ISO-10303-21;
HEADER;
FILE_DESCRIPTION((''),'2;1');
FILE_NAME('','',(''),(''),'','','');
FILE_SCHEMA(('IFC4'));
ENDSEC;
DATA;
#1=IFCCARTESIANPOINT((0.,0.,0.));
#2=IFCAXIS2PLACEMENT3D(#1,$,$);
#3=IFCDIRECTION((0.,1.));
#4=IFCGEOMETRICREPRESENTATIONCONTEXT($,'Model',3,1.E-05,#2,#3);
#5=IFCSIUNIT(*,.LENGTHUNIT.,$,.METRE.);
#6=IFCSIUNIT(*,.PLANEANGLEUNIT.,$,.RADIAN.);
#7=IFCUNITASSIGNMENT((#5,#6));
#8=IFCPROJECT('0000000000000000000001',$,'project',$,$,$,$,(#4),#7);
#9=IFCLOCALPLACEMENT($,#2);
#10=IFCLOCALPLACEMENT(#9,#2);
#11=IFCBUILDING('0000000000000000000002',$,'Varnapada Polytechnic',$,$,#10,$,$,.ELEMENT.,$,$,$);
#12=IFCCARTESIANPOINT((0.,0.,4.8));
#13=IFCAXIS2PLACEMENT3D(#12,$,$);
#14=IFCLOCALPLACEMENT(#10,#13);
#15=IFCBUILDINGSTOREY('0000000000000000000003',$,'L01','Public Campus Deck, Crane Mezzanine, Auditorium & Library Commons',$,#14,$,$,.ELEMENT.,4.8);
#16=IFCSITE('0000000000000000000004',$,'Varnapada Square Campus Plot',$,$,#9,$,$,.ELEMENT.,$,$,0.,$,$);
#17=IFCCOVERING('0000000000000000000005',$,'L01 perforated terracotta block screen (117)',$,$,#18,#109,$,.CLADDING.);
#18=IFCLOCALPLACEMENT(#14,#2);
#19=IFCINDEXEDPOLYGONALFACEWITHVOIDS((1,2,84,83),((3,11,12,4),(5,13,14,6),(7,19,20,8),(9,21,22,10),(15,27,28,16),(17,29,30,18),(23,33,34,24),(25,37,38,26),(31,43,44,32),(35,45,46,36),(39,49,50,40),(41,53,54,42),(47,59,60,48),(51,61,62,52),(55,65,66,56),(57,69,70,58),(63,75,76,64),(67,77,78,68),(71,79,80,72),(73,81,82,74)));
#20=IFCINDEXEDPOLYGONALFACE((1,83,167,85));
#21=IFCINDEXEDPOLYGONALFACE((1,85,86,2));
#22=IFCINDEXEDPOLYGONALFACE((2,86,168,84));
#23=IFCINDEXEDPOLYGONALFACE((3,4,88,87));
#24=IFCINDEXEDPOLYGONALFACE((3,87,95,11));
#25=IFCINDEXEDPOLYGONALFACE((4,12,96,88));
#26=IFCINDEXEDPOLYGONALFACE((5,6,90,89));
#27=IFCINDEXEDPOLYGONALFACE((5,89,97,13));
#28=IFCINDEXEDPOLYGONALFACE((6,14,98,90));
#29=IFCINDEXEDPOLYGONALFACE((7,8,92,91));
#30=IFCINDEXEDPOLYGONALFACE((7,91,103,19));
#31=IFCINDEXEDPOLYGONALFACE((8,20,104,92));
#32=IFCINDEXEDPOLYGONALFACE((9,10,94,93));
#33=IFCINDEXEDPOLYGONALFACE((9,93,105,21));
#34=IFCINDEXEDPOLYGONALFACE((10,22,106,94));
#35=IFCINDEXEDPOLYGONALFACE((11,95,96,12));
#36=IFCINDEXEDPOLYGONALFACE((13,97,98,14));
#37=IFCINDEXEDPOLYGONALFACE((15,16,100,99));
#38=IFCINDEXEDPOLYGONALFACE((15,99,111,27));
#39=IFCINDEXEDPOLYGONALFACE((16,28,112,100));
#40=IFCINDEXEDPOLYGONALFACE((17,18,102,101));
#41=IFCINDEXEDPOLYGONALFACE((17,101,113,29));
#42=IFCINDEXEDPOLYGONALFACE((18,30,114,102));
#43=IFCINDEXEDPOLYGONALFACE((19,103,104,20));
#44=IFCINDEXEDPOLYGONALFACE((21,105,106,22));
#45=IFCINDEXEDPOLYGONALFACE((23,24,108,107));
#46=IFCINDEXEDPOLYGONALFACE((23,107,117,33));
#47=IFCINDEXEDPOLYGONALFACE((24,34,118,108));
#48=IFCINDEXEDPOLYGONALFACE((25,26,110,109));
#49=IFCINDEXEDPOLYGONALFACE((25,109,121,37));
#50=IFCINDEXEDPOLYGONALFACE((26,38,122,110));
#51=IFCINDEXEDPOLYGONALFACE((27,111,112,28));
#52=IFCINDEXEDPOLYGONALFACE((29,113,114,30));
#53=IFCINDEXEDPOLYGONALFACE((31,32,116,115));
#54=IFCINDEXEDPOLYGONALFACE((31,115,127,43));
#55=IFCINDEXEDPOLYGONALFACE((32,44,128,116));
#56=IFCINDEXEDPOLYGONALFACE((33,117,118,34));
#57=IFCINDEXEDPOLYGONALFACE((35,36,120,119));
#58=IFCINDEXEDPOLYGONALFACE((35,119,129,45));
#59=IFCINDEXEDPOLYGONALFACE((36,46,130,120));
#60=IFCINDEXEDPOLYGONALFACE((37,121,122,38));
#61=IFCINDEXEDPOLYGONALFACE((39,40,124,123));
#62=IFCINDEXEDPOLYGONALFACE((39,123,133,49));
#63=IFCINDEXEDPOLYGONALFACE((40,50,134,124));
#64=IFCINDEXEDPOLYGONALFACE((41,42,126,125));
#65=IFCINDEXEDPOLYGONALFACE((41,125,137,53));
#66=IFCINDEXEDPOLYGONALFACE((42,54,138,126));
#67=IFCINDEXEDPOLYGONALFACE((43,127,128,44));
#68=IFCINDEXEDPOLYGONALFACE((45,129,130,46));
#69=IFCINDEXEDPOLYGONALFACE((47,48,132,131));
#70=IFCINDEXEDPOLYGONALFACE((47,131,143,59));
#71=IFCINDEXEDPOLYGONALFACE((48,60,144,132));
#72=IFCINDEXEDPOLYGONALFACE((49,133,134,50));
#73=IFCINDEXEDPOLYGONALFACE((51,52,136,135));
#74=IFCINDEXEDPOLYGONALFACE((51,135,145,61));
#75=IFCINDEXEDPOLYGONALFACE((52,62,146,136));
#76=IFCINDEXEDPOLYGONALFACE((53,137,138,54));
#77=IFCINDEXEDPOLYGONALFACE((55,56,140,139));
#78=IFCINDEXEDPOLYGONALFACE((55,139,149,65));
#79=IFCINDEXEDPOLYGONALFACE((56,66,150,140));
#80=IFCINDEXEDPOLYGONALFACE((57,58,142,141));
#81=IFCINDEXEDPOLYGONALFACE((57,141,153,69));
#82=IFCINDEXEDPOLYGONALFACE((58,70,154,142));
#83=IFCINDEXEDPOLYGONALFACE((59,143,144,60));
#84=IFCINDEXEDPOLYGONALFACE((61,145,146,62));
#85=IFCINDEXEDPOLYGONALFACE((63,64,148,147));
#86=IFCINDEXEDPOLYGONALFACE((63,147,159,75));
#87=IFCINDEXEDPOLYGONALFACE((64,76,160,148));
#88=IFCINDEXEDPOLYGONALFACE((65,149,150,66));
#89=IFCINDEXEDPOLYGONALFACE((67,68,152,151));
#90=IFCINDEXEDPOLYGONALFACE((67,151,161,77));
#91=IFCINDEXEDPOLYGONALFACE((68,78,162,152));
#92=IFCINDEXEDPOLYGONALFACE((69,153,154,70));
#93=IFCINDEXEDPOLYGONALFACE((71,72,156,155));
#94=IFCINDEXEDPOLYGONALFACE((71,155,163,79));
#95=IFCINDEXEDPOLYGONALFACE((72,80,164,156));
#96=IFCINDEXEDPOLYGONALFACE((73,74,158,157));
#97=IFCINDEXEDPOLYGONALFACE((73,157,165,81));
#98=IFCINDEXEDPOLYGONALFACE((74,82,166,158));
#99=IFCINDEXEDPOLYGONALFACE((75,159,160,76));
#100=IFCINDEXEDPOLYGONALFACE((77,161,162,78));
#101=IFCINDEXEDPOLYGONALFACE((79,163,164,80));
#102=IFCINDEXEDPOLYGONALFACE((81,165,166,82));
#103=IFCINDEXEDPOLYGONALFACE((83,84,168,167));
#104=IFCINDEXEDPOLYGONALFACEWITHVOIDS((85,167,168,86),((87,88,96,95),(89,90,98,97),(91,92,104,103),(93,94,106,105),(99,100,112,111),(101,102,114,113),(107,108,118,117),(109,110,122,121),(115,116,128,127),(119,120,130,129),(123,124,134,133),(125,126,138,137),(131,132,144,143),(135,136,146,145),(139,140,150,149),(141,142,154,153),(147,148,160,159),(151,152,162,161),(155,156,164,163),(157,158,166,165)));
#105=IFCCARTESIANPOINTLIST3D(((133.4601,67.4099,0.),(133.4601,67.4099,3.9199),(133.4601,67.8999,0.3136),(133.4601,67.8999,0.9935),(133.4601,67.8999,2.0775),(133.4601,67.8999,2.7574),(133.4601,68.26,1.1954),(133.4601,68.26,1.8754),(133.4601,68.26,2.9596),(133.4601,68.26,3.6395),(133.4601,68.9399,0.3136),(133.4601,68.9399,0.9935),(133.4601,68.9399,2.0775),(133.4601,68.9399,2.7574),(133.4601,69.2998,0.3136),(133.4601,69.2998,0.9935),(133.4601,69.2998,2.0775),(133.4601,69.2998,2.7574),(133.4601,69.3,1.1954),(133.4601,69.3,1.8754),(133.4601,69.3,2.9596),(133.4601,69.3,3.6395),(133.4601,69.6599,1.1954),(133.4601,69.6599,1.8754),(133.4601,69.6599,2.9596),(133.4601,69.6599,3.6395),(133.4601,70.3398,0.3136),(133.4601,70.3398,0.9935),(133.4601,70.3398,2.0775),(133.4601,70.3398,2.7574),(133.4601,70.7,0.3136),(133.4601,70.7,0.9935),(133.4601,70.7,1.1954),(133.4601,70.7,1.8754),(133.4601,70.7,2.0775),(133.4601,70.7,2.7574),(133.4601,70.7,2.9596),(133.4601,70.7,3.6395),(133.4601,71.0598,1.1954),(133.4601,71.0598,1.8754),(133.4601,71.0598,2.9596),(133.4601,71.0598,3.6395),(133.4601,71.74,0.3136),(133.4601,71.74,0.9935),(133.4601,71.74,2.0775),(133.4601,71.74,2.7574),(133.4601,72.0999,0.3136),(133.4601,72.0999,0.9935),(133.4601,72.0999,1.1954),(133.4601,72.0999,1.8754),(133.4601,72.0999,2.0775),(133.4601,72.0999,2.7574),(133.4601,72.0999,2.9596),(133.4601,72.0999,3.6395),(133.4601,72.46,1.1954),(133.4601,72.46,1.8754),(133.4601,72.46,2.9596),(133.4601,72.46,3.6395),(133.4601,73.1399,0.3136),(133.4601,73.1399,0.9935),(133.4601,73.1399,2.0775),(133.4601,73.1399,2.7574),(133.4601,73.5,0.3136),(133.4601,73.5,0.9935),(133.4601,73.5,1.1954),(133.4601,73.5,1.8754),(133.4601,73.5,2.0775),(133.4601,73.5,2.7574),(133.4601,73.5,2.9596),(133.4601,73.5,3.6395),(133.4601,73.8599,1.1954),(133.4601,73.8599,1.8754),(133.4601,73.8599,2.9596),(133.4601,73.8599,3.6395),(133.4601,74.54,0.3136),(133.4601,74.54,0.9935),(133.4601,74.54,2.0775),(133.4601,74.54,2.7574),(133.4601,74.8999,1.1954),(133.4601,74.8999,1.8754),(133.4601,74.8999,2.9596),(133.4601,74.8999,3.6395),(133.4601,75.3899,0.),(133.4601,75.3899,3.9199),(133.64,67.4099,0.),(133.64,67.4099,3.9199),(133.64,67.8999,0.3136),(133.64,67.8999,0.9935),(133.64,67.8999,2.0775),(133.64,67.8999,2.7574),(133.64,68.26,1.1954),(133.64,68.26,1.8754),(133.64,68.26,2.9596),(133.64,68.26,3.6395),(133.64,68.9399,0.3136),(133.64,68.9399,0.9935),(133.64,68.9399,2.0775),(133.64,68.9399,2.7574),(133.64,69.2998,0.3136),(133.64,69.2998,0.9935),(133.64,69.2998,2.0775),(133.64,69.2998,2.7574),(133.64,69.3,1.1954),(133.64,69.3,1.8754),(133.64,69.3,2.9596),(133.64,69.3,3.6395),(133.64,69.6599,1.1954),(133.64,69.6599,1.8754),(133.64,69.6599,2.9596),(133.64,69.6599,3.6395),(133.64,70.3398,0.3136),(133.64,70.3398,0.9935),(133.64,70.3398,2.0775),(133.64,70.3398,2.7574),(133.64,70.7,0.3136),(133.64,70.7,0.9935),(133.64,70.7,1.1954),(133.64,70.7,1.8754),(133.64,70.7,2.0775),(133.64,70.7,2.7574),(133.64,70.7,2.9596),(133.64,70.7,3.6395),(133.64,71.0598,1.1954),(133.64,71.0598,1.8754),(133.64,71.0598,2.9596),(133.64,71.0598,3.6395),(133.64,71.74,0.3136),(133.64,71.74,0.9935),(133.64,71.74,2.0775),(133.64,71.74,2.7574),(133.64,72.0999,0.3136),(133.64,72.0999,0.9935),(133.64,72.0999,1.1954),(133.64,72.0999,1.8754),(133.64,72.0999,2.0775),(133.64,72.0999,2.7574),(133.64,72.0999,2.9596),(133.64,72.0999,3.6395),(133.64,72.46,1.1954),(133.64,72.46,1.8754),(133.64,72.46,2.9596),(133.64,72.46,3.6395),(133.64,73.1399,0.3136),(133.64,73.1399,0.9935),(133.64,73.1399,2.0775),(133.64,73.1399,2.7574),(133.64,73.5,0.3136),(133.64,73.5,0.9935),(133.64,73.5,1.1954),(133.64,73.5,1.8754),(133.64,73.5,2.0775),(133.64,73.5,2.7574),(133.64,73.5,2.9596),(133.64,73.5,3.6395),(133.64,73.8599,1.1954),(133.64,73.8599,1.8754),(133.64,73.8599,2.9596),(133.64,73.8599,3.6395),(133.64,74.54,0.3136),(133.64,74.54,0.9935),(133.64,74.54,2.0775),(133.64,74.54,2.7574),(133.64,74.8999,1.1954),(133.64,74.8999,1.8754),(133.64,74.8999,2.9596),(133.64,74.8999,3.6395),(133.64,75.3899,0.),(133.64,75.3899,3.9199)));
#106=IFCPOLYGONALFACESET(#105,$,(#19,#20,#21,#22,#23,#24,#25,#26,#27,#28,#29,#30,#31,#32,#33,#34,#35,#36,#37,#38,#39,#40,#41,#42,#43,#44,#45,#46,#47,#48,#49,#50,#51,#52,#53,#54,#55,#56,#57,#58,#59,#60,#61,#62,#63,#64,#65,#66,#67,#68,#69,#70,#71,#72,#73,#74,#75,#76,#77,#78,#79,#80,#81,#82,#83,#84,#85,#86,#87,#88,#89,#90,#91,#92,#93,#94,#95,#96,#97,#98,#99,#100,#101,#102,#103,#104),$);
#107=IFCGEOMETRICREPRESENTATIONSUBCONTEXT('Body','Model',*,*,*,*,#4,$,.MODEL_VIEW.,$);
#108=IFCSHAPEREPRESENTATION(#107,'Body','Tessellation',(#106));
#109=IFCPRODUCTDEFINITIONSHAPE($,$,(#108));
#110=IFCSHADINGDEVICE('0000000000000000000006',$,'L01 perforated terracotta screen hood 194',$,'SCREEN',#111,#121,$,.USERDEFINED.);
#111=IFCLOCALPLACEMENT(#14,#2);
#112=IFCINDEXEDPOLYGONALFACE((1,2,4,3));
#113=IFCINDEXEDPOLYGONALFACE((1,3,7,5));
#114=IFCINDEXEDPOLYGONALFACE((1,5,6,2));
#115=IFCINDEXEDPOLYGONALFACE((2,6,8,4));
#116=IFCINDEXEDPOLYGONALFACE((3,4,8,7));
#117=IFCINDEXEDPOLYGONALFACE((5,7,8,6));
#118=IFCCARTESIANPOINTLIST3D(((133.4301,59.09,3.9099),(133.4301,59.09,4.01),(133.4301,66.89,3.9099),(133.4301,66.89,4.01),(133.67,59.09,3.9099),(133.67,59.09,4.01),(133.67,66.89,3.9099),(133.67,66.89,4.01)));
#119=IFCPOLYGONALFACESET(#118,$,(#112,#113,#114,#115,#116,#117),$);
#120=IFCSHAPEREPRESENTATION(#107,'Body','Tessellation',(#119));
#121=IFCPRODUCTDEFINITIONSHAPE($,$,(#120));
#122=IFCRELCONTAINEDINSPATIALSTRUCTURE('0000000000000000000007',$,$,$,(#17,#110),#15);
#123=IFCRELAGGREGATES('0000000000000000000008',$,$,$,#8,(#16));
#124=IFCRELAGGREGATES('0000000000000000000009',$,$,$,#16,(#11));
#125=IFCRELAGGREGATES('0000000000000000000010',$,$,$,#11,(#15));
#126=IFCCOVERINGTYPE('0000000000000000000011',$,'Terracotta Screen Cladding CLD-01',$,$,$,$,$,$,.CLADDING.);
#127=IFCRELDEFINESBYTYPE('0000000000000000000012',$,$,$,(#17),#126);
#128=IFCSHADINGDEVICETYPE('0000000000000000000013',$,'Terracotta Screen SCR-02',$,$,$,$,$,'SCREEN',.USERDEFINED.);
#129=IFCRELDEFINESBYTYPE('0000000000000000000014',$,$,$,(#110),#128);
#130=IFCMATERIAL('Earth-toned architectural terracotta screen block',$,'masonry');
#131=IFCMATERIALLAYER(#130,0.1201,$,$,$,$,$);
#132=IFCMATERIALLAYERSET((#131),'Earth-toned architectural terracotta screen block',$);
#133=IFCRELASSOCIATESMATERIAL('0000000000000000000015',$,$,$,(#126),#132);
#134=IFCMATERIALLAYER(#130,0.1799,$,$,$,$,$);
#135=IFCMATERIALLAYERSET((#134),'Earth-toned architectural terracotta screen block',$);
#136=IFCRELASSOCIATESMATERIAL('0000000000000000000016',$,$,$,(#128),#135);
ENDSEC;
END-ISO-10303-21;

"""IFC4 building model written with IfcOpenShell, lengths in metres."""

from ifc_helpers import new_model, si_unit, direction, frame, frame_2d, origin, origin_2d, place, context, subcontext, project, spatial, rectangle, extrude, material, layer, layer_set, type_object, element, save


model = new_model("IFC4")

# Units and contexts
model_context = context("Model", 3, precision=1e-05, world=origin(), true_north=direction((0.0, 1.0)))
body_context = subcontext(model_context, "Body", "Model", "MODEL_VIEW")
ifc_project = project(units=[si_unit("LENGTHUNIT", "METRE"), si_unit("PLANEANGLEUNIT", "RADIAN")], contexts=[model_context])

# Site, building, storey
site_placement = place(None, origin())
site = spatial("IfcSite", under=ifc_project, at=site_placement, Name="Varnapada Square Campus Plot", CompositionType="ELEMENT", RefElevation=0.0)
building_placement = place(site_placement, origin())
building = spatial("IfcBuilding", under=site, at=building_placement, Name="Varnapada Polytechnic", CompositionType="ELEMENT")
storey_placement = place(building_placement, frame((0.0, 0.0, 4.8)))
storey = spatial("IfcBuildingStorey", under=building, at=storey_placement, Name="L01", Description="Public Campus Deck, Crane Mezzanine, Auditorium & Library Commons", CompositionType="ELEMENT", Elevation=4.8)

# Covering, openings
ifc_material_1 = material(Name="Earth-toned architectural terracotta screen block", Category="masonry")
ifc_layer_1 = layer(ifc_material_1, 0.1201)
ifc_layer_set_1 = layer_set([ifc_layer_1], Name="Earth-toned architectural terracotta screen block")
covering_type = type_object("IfcCoveringType", Name="Terracotta Screen Cladding CLD-01", PredefinedType="CLADDING", material=ifc_layer_set_1)
covering_placement = place(storey_placement, frame((133.55, 67.4099, 0.0), z_axis=(0.0, 0.0, 1.0), x_axis=(0.0, 1.0, 0.0)))
covering = element("IfcCovering", 1, at=covering_placement, inside=storey, type_object=covering_type, Name="L01 perforated terracotta block screen (117)", PredefinedType="CLADDING", context=body_context, shape_type="SweptSolid", body=[
    extrude(rectangle(XDim=7.98, YDim=0.1799, at=frame_2d((3.99, 0.0))), origin(), (0.0, 0.0, 1.0), 3.9199),
])
opening_1_placement = place(covering_placement, frame((0.49, 0.0, 0.3137)))
element("IfcOpeningElement", 2, at=opening_1_placement, cuts=covering, PredefinedType="OPENING", context=body_context, shape_type="SweptSolid", body=[
    extrude(rectangle(XDim=1.04, YDim=0.6799, at=frame_2d((0.52, 0.3398))), frame((0.0, 0.0999, 0.0), z_axis=(0.0, -1.0, 0.0), x_axis=(1.0, 0.0, 0.0)), (0.0, 0.0, 1.0), 0.2),
])
opening_2_placement = place(covering_placement, frame((1.8899, 0.0, 0.3137)))
element("IfcOpeningElement", 3, at=opening_2_placement, cuts=covering, PredefinedType="OPENING", context=body_context, shape_type="SweptSolid", body=[
    extrude(rectangle(XDim=1.04, YDim=0.6799, at=frame_2d((0.52, 0.3398))), frame((0.0, 0.0999, 0.0), z_axis=(0.0, -1.0, 0.0), x_axis=(1.0, 0.0, 0.0)), (0.0, 0.0, 1.0), 0.2),
])
opening_3_placement = place(covering_placement, frame((3.29, 0.0, 0.3137)))
element("IfcOpeningElement", 4, at=opening_3_placement, cuts=covering, PredefinedType="OPENING", context=body_context, shape_type="SweptSolid", body=[
    extrude(rectangle(XDim=1.04, YDim=0.6799, at=frame_2d((0.52, 0.3398))), frame((0.0, 0.0999, 0.0), z_axis=(0.0, -1.0, 0.0), x_axis=(1.0, 0.0, 0.0)), (0.0, 0.0, 1.0), 0.2),
])
opening_4_placement = place(covering_placement, frame((4.6899, 0.0, 0.3137)))
element("IfcOpeningElement", 5, at=opening_4_placement, cuts=covering, PredefinedType="OPENING", context=body_context, shape_type="SweptSolid", body=[
    extrude(rectangle(XDim=1.04, YDim=0.6799, at=frame_2d((0.52, 0.3398))), frame((0.0, 0.0999, 0.0), z_axis=(0.0, -1.0, 0.0), x_axis=(1.0, 0.0, 0.0)), (0.0, 0.0, 1.0), 0.2),
])
opening_5_placement = place(covering_placement, frame((6.0901, 0.0, 0.3137)))
element("IfcOpeningElement", 6, at=opening_5_placement, cuts=covering, PredefinedType="OPENING", context=body_context, shape_type="SweptSolid", body=[
    extrude(rectangle(XDim=1.04, YDim=0.6799, at=frame_2d((0.52, 0.3398))), frame((0.0, 0.0999, 0.0), z_axis=(0.0, -1.0, 0.0), x_axis=(1.0, 0.0, 0.0)), (0.0, 0.0, 1.0), 0.2),
])
opening_6_placement = place(covering_placement, frame((0.8501, 0.0, 1.1956)))
element("IfcOpeningElement", 7, at=opening_6_placement, cuts=covering, PredefinedType="OPENING", context=body_context, shape_type="SweptSolid", body=[
    extrude(rectangle(XDim=1.04, YDim=0.6799, at=frame_2d((0.52, 0.3398))), frame((0.0, 0.0999, 0.0), z_axis=(0.0, -1.0, 0.0), x_axis=(1.0, 0.0, 0.0)), (0.0, 0.0, 1.0), 0.2),
])
opening_7_placement = place(covering_placement, frame((2.25, 0.0, 1.1956)))
element("IfcOpeningElement", 8, at=opening_7_placement, cuts=covering, PredefinedType="OPENING", context=body_context, shape_type="SweptSolid", body=[
    extrude(rectangle(XDim=1.04, YDim=0.6799, at=frame_2d((0.52, 0.3398))), frame((0.0, 0.0999, 0.0), z_axis=(0.0, -1.0, 0.0), x_axis=(1.0, 0.0, 0.0)), (0.0, 0.0, 1.0), 0.2),
])
opening_8_placement = place(covering_placement, frame((3.6499, 0.0, 1.1956)))
element("IfcOpeningElement", 9, at=opening_8_placement, cuts=covering, PredefinedType="OPENING", context=body_context, shape_type="SweptSolid", body=[
    extrude(rectangle(XDim=1.04, YDim=0.6799, at=frame_2d((0.52, 0.3398))), frame((0.0, 0.0999, 0.0), z_axis=(0.0, -1.0, 0.0), x_axis=(1.0, 0.0, 0.0)), (0.0, 0.0, 1.0), 0.2),
])
opening_9_placement = place(covering_placement, frame((5.05, 0.0, 1.1956)))
element("IfcOpeningElement", 10, at=opening_9_placement, cuts=covering, PredefinedType="OPENING", context=body_context, shape_type="SweptSolid", body=[
    extrude(rectangle(XDim=1.04, YDim=0.6799, at=frame_2d((0.52, 0.3398))), frame((0.0, 0.0999, 0.0), z_axis=(0.0, -1.0, 0.0), x_axis=(1.0, 0.0, 0.0)), (0.0, 0.0, 1.0), 0.2),
])
opening_10_placement = place(covering_placement, frame((6.45, 0.0, 1.1956)))
element("IfcOpeningElement", 11, at=opening_10_placement, cuts=covering, PredefinedType="OPENING", context=body_context, shape_type="SweptSolid", body=[
    extrude(rectangle(XDim=1.04, YDim=0.6799, at=frame_2d((0.52, 0.3398))), frame((0.0, 0.0999, 0.0), z_axis=(0.0, -1.0, 0.0), x_axis=(1.0, 0.0, 0.0)), (0.0, 0.0, 1.0), 0.2),
])
opening_11_placement = place(covering_placement, frame((0.49, 0.0, 2.0776)))
element("IfcOpeningElement", 12, at=opening_11_placement, cuts=covering, PredefinedType="OPENING", context=body_context, shape_type="SweptSolid", body=[
    extrude(rectangle(XDim=1.04, YDim=0.6799, at=frame_2d((0.52, 0.3398))), frame((0.0, 0.0999, 0.0), z_axis=(0.0, -1.0, 0.0), x_axis=(1.0, 0.0, 0.0)), (0.0, 0.0, 1.0), 0.2),
])
opening_12_placement = place(covering_placement, frame((1.8899, 0.0, 2.0776)))
element("IfcOpeningElement", 13, at=opening_12_placement, cuts=covering, PredefinedType="OPENING", context=body_context, shape_type="SweptSolid", body=[
    extrude(rectangle(XDim=1.04, YDim=0.6799, at=frame_2d((0.52, 0.3398))), frame((0.0, 0.0999, 0.0), z_axis=(0.0, -1.0, 0.0), x_axis=(1.0, 0.0, 0.0)), (0.0, 0.0, 1.0), 0.2),
])
opening_13_placement = place(covering_placement, frame((3.29, 0.0, 2.0776)))
element("IfcOpeningElement", 14, at=opening_13_placement, cuts=covering, PredefinedType="OPENING", context=body_context, shape_type="SweptSolid", body=[
    extrude(rectangle(XDim=1.04, YDim=0.6799, at=frame_2d((0.52, 0.3398))), frame((0.0, 0.0999, 0.0), z_axis=(0.0, -1.0, 0.0), x_axis=(1.0, 0.0, 0.0)), (0.0, 0.0, 1.0), 0.2),
])
opening_14_placement = place(covering_placement, frame((4.6899, 0.0, 2.0776)))
element("IfcOpeningElement", 15, at=opening_14_placement, cuts=covering, PredefinedType="OPENING", context=body_context, shape_type="SweptSolid", body=[
    extrude(rectangle(XDim=1.04, YDim=0.6799, at=frame_2d((0.52, 0.3398))), frame((0.0, 0.0999, 0.0), z_axis=(0.0, -1.0, 0.0), x_axis=(1.0, 0.0, 0.0)), (0.0, 0.0, 1.0), 0.2),
])
opening_15_placement = place(covering_placement, frame((6.0901, 0.0, 2.0776)))
element("IfcOpeningElement", 16, at=opening_15_placement, cuts=covering, PredefinedType="OPENING", context=body_context, shape_type="SweptSolid", body=[
    extrude(rectangle(XDim=1.04, YDim=0.6799, at=frame_2d((0.52, 0.3398))), frame((0.0, 0.0999, 0.0), z_axis=(0.0, -1.0, 0.0), x_axis=(1.0, 0.0, 0.0)), (0.0, 0.0, 1.0), 0.2),
])
opening_16_placement = place(covering_placement, frame((0.8501, 0.0, 2.9597)))
element("IfcOpeningElement", 17, at=opening_16_placement, cuts=covering, PredefinedType="OPENING", context=body_context, shape_type="SweptSolid", body=[
    extrude(rectangle(XDim=1.04, YDim=0.6799, at=frame_2d((0.52, 0.3398))), frame((0.0, 0.0999, 0.0), z_axis=(0.0, -1.0, 0.0), x_axis=(1.0, 0.0, 0.0)), (0.0, 0.0, 1.0), 0.2),
])
opening_17_placement = place(covering_placement, frame((2.25, 0.0, 2.9597)))
element("IfcOpeningElement", 18, at=opening_17_placement, cuts=covering, PredefinedType="OPENING", context=body_context, shape_type="SweptSolid", body=[
    extrude(rectangle(XDim=1.04, YDim=0.6799, at=frame_2d((0.52, 0.3398))), frame((0.0, 0.0999, 0.0), z_axis=(0.0, -1.0, 0.0), x_axis=(1.0, 0.0, 0.0)), (0.0, 0.0, 1.0), 0.2),
])
opening_18_placement = place(covering_placement, frame((3.6499, 0.0, 2.9597)))
element("IfcOpeningElement", 19, at=opening_18_placement, cuts=covering, PredefinedType="OPENING", context=body_context, shape_type="SweptSolid", body=[
    extrude(rectangle(XDim=1.04, YDim=0.6799, at=frame_2d((0.52, 0.3398))), frame((0.0, 0.0999, 0.0), z_axis=(0.0, -1.0, 0.0), x_axis=(1.0, 0.0, 0.0)), (0.0, 0.0, 1.0), 0.2),
])
opening_19_placement = place(covering_placement, frame((5.05, 0.0, 2.9597)))
element("IfcOpeningElement", 20, at=opening_19_placement, cuts=covering, PredefinedType="OPENING", context=body_context, shape_type="SweptSolid", body=[
    extrude(rectangle(XDim=1.04, YDim=0.6799, at=frame_2d((0.52, 0.3398))), frame((0.0, 0.0999, 0.0), z_axis=(0.0, -1.0, 0.0), x_axis=(1.0, 0.0, 0.0)), (0.0, 0.0, 1.0), 0.2),
])
opening_20_placement = place(covering_placement, frame((6.45, 0.0, 2.9597)))
element("IfcOpeningElement", 21, at=opening_20_placement, cuts=covering, PredefinedType="OPENING", context=body_context, shape_type="SweptSolid", body=[
    extrude(rectangle(XDim=1.04, YDim=0.6799, at=frame_2d((0.52, 0.3398))), frame((0.0, 0.0999, 0.0), z_axis=(0.0, -1.0, 0.0), x_axis=(1.0, 0.0, 0.0)), (0.0, 0.0, 1.0), 0.2),
])

# Shading device
ifc_layer_2 = layer(ifc_material_1, 0.1799)
ifc_layer_set_2 = layer_set([ifc_layer_2], Name="Earth-toned architectural terracotta screen block")
shading_device_type = type_object("IfcShadingDeviceType", Name="Terracotta Screen SCR-02", ElementType="SCREEN", PredefinedType="USERDEFINED", material=ifc_layer_set_2)
shading_device_placement = place(storey_placement, frame((133.55, 62.99, 3.9099), z_axis=(0.0, 0.0, 1.0), x_axis=(0.0, 1.0, 0.0)))
element("IfcShadingDevice", 22, at=shading_device_placement, inside=storey, type_object=shading_device_type, Name="L01 perforated terracotta screen hood 194", ObjectType="SCREEN", PredefinedType="USERDEFINED", context=body_context, shape_type="SweptSolid", body=[
    extrude(rectangle(XDim=7.8, YDim=0.24, at=origin_2d()), origin(), (0.0, 0.0, 1.0), 0.1001),
])

save(model, "model.ifc")
